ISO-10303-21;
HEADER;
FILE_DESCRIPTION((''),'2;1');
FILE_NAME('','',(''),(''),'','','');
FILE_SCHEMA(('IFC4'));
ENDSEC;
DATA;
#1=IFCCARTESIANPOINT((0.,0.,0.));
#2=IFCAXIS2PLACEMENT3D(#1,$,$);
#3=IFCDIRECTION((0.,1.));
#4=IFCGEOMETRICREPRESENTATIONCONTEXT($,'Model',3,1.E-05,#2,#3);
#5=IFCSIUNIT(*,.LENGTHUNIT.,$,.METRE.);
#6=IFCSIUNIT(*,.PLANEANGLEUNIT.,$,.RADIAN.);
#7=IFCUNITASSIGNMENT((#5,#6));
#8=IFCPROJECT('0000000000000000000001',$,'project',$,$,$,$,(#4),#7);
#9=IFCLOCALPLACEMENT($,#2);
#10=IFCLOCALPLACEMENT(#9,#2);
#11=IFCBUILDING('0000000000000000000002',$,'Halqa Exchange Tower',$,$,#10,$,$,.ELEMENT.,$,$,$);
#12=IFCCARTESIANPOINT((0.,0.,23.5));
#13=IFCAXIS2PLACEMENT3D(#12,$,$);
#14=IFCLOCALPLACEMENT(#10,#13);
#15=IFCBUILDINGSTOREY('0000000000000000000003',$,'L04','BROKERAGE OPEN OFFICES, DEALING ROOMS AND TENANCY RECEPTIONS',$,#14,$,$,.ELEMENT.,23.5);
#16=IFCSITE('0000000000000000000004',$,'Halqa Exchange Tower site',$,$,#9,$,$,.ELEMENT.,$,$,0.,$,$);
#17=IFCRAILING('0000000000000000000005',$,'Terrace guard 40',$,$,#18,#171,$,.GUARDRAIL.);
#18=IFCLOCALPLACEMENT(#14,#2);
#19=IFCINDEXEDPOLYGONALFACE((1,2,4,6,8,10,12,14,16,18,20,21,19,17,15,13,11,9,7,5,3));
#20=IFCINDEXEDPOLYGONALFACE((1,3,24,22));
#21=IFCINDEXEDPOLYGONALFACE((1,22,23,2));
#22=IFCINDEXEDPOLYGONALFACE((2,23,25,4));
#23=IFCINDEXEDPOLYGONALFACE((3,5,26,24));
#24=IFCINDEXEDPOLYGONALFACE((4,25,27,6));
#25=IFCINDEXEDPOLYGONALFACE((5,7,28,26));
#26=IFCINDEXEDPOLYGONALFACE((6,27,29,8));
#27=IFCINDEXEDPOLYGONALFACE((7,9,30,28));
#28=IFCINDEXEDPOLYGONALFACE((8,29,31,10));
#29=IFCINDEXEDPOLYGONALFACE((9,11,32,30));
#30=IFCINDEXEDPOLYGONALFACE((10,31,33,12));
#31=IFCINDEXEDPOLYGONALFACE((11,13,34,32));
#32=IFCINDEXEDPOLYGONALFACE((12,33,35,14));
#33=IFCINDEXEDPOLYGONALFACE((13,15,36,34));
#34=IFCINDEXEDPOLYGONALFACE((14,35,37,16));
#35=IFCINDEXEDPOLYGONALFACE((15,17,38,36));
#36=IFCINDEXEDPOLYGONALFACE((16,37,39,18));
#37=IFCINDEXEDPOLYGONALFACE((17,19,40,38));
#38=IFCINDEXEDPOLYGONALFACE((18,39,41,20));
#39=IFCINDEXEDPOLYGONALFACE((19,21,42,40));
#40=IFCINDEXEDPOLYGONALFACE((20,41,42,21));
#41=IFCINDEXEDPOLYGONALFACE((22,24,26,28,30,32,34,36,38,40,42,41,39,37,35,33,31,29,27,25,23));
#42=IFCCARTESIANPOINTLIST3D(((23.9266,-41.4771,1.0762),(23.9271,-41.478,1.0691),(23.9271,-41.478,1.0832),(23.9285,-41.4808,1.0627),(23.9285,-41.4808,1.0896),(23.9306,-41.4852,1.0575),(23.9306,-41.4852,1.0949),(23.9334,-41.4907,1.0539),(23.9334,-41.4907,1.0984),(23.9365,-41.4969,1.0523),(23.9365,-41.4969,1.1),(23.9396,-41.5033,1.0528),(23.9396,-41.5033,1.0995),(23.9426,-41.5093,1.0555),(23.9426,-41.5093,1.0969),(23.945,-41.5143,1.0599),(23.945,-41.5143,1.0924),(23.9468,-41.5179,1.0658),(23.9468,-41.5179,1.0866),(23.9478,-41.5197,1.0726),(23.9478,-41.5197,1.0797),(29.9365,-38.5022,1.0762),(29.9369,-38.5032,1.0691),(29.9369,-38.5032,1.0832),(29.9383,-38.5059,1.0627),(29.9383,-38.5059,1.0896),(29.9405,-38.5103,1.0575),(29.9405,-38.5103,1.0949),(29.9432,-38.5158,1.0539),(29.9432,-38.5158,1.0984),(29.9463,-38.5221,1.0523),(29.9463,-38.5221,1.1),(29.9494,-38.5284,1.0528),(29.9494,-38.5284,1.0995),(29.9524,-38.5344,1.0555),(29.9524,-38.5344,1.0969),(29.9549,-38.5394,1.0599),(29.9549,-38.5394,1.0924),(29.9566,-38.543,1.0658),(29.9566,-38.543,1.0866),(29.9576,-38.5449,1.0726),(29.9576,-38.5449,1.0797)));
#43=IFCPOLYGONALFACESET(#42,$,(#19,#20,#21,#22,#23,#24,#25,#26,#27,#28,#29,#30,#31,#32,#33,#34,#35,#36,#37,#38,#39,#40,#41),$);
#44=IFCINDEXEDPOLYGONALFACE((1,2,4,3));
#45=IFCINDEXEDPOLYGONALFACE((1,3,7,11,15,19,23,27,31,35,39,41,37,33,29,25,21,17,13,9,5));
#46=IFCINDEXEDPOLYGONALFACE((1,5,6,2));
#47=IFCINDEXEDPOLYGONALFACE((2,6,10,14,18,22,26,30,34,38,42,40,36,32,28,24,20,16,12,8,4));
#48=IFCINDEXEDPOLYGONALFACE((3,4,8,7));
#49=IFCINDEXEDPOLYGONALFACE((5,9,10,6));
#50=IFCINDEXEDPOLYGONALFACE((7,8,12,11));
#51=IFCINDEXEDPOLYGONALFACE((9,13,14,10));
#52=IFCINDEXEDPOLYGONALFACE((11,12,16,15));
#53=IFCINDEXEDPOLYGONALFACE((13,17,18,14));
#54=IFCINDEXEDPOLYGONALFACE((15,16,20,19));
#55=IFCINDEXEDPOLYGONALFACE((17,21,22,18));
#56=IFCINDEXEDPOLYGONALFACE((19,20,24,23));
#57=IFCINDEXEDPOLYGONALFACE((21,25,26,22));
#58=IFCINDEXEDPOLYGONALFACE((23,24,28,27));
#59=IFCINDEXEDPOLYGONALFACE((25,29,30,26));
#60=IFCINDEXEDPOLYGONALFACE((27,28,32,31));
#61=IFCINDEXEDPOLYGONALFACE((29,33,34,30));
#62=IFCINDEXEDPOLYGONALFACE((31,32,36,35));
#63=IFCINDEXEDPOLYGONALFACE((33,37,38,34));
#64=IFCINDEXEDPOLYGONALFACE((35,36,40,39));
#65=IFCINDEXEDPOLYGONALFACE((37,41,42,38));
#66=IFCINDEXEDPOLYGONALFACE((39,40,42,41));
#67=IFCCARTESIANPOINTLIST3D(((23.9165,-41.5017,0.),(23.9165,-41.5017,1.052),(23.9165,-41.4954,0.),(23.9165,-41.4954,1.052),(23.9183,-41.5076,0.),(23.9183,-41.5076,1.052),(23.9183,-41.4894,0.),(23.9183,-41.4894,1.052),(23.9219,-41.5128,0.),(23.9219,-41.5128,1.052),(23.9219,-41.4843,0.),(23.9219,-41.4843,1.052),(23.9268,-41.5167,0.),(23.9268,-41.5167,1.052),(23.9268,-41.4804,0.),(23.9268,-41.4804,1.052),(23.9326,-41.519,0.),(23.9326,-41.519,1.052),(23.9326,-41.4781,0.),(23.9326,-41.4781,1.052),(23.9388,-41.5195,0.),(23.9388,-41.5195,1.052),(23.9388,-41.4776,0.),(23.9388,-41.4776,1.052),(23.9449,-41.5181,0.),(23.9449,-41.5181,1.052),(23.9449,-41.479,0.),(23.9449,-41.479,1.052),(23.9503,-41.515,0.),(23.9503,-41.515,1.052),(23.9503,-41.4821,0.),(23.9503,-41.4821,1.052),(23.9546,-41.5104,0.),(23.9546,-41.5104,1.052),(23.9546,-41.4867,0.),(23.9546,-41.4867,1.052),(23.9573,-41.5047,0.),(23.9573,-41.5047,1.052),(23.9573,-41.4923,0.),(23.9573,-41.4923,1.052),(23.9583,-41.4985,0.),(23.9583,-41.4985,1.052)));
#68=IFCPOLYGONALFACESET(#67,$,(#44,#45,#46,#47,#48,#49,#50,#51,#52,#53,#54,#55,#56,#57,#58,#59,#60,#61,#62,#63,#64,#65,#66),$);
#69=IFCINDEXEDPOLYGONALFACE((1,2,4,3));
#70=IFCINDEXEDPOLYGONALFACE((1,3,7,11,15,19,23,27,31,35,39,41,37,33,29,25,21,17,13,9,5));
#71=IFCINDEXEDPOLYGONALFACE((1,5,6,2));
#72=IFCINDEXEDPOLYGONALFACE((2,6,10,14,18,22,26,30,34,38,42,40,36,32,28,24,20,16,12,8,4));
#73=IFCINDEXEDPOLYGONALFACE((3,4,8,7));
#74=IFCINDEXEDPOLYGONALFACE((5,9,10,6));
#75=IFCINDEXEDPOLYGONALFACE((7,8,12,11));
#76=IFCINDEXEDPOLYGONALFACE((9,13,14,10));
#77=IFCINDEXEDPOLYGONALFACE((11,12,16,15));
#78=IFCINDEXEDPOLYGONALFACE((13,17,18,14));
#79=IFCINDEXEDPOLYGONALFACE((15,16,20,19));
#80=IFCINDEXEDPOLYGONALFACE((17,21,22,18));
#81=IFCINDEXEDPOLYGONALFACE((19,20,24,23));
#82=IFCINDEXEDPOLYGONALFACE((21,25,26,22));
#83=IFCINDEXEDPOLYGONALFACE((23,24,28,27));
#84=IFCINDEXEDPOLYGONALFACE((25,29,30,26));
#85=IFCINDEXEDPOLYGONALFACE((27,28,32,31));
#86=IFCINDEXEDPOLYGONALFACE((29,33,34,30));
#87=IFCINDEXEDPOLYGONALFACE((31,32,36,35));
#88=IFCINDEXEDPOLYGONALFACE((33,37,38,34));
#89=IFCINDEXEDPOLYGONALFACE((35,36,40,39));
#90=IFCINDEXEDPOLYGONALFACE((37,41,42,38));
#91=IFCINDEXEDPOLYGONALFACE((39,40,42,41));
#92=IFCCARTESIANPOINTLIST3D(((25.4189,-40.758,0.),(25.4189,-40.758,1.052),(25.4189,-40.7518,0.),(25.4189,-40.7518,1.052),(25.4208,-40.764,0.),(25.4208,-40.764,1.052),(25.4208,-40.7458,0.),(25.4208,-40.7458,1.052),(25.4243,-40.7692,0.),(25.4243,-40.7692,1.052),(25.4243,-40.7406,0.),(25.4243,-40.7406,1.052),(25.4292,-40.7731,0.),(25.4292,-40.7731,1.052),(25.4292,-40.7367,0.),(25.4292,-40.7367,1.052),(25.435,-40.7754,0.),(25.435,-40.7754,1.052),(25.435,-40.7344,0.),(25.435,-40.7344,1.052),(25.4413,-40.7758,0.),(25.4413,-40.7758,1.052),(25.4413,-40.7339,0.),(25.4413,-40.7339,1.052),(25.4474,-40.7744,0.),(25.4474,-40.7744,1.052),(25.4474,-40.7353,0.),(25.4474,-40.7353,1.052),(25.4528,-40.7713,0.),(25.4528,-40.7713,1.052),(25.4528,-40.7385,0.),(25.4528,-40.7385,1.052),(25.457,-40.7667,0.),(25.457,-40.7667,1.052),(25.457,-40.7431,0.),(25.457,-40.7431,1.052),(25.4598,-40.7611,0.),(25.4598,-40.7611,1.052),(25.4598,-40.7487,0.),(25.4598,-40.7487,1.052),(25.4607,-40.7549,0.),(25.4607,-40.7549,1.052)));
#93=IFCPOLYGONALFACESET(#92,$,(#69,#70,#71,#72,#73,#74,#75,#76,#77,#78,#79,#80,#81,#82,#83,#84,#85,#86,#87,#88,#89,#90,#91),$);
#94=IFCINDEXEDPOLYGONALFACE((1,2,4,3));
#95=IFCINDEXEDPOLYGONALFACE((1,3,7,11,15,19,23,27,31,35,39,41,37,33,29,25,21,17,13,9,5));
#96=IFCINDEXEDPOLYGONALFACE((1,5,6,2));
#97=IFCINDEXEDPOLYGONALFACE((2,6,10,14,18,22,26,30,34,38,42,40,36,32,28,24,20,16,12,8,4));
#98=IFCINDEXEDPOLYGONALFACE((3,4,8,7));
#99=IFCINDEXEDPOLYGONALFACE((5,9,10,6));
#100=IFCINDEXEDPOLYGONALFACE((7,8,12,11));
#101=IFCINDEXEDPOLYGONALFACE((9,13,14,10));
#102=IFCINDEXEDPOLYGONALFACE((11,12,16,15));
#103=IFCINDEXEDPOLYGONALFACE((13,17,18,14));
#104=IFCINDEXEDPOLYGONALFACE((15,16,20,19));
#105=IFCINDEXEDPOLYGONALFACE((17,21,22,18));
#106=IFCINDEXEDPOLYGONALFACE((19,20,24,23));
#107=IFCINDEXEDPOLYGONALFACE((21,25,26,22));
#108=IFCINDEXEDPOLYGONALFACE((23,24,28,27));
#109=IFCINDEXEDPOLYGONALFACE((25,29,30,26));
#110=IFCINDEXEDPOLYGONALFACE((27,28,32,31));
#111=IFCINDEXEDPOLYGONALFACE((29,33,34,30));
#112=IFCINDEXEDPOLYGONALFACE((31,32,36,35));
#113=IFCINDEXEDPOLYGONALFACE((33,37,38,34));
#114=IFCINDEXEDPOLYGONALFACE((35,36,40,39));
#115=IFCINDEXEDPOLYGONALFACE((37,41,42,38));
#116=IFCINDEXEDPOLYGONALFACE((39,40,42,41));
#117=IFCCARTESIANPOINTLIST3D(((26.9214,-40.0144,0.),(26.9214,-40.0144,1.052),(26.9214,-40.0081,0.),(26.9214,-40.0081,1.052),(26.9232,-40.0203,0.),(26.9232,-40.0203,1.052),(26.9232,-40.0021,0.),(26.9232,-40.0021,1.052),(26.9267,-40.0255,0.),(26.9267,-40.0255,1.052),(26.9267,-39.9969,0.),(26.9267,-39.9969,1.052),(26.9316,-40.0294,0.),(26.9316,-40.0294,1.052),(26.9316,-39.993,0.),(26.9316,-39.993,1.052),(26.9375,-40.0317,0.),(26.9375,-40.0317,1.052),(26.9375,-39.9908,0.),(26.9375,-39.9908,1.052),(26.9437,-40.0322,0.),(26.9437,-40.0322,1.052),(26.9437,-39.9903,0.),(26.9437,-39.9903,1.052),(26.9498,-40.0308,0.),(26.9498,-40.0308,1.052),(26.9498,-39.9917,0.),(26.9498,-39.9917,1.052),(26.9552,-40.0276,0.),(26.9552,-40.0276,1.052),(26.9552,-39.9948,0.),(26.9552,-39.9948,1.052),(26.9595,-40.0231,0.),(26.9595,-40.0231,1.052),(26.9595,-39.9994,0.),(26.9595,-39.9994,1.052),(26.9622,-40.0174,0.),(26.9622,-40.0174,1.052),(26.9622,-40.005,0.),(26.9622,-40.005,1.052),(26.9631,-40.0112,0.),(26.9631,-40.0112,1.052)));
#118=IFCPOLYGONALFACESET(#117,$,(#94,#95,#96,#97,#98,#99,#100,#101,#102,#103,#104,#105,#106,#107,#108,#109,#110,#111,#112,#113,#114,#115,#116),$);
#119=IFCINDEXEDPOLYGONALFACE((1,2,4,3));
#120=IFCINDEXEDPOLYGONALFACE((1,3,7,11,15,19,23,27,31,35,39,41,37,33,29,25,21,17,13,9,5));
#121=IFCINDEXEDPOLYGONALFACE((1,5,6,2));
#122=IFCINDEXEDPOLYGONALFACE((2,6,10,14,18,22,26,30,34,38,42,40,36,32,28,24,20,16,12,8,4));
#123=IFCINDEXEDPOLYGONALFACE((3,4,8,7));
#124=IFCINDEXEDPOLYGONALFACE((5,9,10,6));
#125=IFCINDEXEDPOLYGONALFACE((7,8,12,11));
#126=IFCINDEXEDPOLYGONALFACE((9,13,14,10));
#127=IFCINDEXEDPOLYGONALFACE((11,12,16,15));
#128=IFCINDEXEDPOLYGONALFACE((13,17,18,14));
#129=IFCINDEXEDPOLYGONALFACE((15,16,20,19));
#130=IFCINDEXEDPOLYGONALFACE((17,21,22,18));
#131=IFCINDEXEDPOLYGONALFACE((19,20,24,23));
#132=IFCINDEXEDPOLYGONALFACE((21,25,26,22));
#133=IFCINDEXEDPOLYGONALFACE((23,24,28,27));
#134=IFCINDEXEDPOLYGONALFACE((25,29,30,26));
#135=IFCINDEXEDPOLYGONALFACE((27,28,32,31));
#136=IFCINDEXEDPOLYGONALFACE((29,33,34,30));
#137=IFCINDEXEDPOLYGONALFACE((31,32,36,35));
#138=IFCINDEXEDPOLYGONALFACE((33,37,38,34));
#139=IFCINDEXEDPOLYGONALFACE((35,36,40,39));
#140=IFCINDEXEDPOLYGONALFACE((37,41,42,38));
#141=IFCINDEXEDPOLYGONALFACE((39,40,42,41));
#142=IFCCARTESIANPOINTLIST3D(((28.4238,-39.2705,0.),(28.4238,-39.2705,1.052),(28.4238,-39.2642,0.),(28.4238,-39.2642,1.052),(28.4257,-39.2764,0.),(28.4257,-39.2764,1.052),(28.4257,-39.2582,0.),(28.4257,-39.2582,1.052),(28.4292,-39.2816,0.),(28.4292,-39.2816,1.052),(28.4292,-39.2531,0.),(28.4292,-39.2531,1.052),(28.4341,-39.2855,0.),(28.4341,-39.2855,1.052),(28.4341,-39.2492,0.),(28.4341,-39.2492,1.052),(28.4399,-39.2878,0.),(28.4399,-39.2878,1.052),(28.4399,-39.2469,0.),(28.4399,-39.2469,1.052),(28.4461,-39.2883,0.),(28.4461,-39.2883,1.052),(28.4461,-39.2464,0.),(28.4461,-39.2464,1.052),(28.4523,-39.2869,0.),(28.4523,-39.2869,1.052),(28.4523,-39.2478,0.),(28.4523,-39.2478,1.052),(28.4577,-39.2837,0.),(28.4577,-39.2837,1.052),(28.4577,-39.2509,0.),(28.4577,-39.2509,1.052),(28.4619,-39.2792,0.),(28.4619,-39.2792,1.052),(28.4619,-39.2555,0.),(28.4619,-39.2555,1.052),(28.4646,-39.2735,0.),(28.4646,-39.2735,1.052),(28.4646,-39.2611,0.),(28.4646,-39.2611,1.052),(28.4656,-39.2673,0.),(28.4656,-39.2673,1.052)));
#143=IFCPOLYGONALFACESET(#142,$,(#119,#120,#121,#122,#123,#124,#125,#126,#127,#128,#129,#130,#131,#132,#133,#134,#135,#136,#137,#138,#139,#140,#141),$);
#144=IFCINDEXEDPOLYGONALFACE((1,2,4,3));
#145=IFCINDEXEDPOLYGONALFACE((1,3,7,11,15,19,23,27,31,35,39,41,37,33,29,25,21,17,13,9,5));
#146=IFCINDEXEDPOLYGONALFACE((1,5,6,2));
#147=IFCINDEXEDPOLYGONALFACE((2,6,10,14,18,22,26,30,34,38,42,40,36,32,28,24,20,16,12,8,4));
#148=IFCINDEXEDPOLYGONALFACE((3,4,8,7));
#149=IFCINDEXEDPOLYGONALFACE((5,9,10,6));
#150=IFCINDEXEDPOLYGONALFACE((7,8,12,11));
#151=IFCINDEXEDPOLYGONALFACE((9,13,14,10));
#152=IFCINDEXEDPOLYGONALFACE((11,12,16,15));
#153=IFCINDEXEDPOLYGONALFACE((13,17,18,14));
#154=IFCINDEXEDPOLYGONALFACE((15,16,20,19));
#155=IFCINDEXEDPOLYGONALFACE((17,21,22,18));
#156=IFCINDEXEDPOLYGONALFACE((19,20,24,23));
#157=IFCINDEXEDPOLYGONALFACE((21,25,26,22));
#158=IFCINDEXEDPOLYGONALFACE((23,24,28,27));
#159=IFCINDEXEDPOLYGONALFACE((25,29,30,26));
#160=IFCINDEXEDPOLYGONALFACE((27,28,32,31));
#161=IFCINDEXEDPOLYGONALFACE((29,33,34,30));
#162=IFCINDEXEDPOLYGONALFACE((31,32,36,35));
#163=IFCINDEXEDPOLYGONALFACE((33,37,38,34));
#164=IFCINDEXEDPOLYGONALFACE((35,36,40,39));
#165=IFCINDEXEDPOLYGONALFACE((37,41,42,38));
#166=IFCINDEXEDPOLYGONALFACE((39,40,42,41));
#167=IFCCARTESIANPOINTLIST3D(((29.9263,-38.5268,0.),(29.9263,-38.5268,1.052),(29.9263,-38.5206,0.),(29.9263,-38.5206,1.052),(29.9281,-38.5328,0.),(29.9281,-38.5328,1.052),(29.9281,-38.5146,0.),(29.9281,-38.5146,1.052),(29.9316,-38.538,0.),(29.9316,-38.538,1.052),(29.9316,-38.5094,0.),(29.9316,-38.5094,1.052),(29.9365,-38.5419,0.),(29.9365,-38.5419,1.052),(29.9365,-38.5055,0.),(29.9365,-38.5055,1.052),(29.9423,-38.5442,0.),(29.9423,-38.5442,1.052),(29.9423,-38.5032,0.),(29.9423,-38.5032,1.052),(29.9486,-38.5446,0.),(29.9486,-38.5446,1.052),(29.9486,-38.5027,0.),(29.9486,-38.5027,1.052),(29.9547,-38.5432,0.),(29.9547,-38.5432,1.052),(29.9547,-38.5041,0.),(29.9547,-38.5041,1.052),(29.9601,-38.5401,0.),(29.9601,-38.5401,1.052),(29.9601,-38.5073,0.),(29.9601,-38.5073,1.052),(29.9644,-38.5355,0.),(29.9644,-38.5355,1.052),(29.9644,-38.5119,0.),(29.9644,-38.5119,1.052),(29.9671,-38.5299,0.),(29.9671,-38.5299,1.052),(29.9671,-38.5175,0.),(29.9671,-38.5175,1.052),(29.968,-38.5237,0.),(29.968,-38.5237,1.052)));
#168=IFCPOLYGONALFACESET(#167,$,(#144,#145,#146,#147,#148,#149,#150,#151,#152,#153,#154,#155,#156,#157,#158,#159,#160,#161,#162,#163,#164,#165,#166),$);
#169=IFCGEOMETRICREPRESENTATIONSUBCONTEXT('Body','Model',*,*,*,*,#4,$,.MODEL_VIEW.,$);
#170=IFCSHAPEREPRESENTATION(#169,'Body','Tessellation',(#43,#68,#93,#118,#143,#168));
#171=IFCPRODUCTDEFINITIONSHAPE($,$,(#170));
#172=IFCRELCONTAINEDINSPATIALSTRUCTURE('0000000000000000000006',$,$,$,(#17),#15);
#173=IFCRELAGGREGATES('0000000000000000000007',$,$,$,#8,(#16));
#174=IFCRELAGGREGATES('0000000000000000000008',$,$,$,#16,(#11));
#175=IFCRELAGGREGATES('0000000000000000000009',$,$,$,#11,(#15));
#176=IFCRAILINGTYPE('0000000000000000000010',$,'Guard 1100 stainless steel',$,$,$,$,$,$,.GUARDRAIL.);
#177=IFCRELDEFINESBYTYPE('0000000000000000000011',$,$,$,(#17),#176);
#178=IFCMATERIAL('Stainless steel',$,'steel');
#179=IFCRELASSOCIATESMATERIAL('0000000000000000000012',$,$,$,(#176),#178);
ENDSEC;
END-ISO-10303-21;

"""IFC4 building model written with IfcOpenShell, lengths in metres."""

from ifc_helpers import new_model, si_unit, direction, frame, origin, origin_2d, place, context, subcontext, project, spatial, circle, extrude, material, type_object, element, save


model = new_model("IFC4")

# Units and contexts
model_context = context("Model", 3, precision=1e-05, world=origin(), true_north=direction((0.0, 1.0)))
body_context = subcontext(model_context, "Body", "Model", "MODEL_VIEW")
ifc_project = project(units=[si_unit("LENGTHUNIT", "METRE"), si_unit("PLANEANGLEUNIT", "RADIAN")], contexts=[model_context])

# Site, building, storey
site_placement = place(None, origin())
site = spatial("IfcSite", under=ifc_project, at=site_placement, Name="Halqa Exchange Tower site", CompositionType="ELEMENT", RefElevation=0.0)
building_placement = place(site_placement, origin())
building = spatial("IfcBuilding", under=site, at=building_placement, Name="Halqa Exchange Tower", CompositionType="ELEMENT")
storey_placement = place(building_placement, frame((0.0, 0.0, 23.5)))
storey = spatial("IfcBuildingStorey", under=building, at=storey_placement, Name="L04", Description="BROKERAGE OPEN OFFICES, DEALING ROOMS AND TENANCY RECEPTIONS", CompositionType="ELEMENT", Elevation=23.5)

# Railing
ifc_material_1 = material(Name="Stainless steel", Category="steel")
railing_type = type_object("IfcRailingType", Name="Guard 1100 stainless steel", PredefinedType="GUARDRAIL", material=ifc_material_1)
railing_1_placement = place(storey_placement, frame((23.9373, -41.4985, 0.0)))
element("IfcRailing", 1, at=railing_1_placement, inside=storey, type_object=railing_type, Name="Terrace guard 40", PredefinedType="GUARDRAIL", context=body_context, shape_type="SweptSolid", body=[
    extrude(circle(Radius=0.0239, at=origin_2d()), frame((0.0, 0.0, 1.0762), z_axis=(0.896211, 0.443627, 0.0), x_axis=(-0.443627, 0.896211, 0.0)), (0.0, 0.0, 1.0), 6.7058),
    extrude(circle(Radius=0.021, at=origin_2d()), origin(), (0.0, 0.0, 1.0), 1.052),
    extrude(circle(Radius=0.021, at=origin_2d()), frame((1.5024, 0.7437, 0.0)), (0.0, 0.0, 1.0), 1.052),
    extrude(circle(Radius=0.021, at=origin_2d()), frame((3.0049, 1.4873, 0.0)), (0.0, 0.0, 1.0), 1.052),
    extrude(circle(Radius=0.021, at=origin_2d()), frame((4.5073, 2.2312, 0.0)), (0.0, 0.0, 1.0), 1.052),
    extrude(circle(Radius=0.021, at=origin_2d()), frame((6.0098, 2.9749, 0.0)), (0.0, 0.0, 1.0), 1.052),
])

save(model, "model.ifc")
